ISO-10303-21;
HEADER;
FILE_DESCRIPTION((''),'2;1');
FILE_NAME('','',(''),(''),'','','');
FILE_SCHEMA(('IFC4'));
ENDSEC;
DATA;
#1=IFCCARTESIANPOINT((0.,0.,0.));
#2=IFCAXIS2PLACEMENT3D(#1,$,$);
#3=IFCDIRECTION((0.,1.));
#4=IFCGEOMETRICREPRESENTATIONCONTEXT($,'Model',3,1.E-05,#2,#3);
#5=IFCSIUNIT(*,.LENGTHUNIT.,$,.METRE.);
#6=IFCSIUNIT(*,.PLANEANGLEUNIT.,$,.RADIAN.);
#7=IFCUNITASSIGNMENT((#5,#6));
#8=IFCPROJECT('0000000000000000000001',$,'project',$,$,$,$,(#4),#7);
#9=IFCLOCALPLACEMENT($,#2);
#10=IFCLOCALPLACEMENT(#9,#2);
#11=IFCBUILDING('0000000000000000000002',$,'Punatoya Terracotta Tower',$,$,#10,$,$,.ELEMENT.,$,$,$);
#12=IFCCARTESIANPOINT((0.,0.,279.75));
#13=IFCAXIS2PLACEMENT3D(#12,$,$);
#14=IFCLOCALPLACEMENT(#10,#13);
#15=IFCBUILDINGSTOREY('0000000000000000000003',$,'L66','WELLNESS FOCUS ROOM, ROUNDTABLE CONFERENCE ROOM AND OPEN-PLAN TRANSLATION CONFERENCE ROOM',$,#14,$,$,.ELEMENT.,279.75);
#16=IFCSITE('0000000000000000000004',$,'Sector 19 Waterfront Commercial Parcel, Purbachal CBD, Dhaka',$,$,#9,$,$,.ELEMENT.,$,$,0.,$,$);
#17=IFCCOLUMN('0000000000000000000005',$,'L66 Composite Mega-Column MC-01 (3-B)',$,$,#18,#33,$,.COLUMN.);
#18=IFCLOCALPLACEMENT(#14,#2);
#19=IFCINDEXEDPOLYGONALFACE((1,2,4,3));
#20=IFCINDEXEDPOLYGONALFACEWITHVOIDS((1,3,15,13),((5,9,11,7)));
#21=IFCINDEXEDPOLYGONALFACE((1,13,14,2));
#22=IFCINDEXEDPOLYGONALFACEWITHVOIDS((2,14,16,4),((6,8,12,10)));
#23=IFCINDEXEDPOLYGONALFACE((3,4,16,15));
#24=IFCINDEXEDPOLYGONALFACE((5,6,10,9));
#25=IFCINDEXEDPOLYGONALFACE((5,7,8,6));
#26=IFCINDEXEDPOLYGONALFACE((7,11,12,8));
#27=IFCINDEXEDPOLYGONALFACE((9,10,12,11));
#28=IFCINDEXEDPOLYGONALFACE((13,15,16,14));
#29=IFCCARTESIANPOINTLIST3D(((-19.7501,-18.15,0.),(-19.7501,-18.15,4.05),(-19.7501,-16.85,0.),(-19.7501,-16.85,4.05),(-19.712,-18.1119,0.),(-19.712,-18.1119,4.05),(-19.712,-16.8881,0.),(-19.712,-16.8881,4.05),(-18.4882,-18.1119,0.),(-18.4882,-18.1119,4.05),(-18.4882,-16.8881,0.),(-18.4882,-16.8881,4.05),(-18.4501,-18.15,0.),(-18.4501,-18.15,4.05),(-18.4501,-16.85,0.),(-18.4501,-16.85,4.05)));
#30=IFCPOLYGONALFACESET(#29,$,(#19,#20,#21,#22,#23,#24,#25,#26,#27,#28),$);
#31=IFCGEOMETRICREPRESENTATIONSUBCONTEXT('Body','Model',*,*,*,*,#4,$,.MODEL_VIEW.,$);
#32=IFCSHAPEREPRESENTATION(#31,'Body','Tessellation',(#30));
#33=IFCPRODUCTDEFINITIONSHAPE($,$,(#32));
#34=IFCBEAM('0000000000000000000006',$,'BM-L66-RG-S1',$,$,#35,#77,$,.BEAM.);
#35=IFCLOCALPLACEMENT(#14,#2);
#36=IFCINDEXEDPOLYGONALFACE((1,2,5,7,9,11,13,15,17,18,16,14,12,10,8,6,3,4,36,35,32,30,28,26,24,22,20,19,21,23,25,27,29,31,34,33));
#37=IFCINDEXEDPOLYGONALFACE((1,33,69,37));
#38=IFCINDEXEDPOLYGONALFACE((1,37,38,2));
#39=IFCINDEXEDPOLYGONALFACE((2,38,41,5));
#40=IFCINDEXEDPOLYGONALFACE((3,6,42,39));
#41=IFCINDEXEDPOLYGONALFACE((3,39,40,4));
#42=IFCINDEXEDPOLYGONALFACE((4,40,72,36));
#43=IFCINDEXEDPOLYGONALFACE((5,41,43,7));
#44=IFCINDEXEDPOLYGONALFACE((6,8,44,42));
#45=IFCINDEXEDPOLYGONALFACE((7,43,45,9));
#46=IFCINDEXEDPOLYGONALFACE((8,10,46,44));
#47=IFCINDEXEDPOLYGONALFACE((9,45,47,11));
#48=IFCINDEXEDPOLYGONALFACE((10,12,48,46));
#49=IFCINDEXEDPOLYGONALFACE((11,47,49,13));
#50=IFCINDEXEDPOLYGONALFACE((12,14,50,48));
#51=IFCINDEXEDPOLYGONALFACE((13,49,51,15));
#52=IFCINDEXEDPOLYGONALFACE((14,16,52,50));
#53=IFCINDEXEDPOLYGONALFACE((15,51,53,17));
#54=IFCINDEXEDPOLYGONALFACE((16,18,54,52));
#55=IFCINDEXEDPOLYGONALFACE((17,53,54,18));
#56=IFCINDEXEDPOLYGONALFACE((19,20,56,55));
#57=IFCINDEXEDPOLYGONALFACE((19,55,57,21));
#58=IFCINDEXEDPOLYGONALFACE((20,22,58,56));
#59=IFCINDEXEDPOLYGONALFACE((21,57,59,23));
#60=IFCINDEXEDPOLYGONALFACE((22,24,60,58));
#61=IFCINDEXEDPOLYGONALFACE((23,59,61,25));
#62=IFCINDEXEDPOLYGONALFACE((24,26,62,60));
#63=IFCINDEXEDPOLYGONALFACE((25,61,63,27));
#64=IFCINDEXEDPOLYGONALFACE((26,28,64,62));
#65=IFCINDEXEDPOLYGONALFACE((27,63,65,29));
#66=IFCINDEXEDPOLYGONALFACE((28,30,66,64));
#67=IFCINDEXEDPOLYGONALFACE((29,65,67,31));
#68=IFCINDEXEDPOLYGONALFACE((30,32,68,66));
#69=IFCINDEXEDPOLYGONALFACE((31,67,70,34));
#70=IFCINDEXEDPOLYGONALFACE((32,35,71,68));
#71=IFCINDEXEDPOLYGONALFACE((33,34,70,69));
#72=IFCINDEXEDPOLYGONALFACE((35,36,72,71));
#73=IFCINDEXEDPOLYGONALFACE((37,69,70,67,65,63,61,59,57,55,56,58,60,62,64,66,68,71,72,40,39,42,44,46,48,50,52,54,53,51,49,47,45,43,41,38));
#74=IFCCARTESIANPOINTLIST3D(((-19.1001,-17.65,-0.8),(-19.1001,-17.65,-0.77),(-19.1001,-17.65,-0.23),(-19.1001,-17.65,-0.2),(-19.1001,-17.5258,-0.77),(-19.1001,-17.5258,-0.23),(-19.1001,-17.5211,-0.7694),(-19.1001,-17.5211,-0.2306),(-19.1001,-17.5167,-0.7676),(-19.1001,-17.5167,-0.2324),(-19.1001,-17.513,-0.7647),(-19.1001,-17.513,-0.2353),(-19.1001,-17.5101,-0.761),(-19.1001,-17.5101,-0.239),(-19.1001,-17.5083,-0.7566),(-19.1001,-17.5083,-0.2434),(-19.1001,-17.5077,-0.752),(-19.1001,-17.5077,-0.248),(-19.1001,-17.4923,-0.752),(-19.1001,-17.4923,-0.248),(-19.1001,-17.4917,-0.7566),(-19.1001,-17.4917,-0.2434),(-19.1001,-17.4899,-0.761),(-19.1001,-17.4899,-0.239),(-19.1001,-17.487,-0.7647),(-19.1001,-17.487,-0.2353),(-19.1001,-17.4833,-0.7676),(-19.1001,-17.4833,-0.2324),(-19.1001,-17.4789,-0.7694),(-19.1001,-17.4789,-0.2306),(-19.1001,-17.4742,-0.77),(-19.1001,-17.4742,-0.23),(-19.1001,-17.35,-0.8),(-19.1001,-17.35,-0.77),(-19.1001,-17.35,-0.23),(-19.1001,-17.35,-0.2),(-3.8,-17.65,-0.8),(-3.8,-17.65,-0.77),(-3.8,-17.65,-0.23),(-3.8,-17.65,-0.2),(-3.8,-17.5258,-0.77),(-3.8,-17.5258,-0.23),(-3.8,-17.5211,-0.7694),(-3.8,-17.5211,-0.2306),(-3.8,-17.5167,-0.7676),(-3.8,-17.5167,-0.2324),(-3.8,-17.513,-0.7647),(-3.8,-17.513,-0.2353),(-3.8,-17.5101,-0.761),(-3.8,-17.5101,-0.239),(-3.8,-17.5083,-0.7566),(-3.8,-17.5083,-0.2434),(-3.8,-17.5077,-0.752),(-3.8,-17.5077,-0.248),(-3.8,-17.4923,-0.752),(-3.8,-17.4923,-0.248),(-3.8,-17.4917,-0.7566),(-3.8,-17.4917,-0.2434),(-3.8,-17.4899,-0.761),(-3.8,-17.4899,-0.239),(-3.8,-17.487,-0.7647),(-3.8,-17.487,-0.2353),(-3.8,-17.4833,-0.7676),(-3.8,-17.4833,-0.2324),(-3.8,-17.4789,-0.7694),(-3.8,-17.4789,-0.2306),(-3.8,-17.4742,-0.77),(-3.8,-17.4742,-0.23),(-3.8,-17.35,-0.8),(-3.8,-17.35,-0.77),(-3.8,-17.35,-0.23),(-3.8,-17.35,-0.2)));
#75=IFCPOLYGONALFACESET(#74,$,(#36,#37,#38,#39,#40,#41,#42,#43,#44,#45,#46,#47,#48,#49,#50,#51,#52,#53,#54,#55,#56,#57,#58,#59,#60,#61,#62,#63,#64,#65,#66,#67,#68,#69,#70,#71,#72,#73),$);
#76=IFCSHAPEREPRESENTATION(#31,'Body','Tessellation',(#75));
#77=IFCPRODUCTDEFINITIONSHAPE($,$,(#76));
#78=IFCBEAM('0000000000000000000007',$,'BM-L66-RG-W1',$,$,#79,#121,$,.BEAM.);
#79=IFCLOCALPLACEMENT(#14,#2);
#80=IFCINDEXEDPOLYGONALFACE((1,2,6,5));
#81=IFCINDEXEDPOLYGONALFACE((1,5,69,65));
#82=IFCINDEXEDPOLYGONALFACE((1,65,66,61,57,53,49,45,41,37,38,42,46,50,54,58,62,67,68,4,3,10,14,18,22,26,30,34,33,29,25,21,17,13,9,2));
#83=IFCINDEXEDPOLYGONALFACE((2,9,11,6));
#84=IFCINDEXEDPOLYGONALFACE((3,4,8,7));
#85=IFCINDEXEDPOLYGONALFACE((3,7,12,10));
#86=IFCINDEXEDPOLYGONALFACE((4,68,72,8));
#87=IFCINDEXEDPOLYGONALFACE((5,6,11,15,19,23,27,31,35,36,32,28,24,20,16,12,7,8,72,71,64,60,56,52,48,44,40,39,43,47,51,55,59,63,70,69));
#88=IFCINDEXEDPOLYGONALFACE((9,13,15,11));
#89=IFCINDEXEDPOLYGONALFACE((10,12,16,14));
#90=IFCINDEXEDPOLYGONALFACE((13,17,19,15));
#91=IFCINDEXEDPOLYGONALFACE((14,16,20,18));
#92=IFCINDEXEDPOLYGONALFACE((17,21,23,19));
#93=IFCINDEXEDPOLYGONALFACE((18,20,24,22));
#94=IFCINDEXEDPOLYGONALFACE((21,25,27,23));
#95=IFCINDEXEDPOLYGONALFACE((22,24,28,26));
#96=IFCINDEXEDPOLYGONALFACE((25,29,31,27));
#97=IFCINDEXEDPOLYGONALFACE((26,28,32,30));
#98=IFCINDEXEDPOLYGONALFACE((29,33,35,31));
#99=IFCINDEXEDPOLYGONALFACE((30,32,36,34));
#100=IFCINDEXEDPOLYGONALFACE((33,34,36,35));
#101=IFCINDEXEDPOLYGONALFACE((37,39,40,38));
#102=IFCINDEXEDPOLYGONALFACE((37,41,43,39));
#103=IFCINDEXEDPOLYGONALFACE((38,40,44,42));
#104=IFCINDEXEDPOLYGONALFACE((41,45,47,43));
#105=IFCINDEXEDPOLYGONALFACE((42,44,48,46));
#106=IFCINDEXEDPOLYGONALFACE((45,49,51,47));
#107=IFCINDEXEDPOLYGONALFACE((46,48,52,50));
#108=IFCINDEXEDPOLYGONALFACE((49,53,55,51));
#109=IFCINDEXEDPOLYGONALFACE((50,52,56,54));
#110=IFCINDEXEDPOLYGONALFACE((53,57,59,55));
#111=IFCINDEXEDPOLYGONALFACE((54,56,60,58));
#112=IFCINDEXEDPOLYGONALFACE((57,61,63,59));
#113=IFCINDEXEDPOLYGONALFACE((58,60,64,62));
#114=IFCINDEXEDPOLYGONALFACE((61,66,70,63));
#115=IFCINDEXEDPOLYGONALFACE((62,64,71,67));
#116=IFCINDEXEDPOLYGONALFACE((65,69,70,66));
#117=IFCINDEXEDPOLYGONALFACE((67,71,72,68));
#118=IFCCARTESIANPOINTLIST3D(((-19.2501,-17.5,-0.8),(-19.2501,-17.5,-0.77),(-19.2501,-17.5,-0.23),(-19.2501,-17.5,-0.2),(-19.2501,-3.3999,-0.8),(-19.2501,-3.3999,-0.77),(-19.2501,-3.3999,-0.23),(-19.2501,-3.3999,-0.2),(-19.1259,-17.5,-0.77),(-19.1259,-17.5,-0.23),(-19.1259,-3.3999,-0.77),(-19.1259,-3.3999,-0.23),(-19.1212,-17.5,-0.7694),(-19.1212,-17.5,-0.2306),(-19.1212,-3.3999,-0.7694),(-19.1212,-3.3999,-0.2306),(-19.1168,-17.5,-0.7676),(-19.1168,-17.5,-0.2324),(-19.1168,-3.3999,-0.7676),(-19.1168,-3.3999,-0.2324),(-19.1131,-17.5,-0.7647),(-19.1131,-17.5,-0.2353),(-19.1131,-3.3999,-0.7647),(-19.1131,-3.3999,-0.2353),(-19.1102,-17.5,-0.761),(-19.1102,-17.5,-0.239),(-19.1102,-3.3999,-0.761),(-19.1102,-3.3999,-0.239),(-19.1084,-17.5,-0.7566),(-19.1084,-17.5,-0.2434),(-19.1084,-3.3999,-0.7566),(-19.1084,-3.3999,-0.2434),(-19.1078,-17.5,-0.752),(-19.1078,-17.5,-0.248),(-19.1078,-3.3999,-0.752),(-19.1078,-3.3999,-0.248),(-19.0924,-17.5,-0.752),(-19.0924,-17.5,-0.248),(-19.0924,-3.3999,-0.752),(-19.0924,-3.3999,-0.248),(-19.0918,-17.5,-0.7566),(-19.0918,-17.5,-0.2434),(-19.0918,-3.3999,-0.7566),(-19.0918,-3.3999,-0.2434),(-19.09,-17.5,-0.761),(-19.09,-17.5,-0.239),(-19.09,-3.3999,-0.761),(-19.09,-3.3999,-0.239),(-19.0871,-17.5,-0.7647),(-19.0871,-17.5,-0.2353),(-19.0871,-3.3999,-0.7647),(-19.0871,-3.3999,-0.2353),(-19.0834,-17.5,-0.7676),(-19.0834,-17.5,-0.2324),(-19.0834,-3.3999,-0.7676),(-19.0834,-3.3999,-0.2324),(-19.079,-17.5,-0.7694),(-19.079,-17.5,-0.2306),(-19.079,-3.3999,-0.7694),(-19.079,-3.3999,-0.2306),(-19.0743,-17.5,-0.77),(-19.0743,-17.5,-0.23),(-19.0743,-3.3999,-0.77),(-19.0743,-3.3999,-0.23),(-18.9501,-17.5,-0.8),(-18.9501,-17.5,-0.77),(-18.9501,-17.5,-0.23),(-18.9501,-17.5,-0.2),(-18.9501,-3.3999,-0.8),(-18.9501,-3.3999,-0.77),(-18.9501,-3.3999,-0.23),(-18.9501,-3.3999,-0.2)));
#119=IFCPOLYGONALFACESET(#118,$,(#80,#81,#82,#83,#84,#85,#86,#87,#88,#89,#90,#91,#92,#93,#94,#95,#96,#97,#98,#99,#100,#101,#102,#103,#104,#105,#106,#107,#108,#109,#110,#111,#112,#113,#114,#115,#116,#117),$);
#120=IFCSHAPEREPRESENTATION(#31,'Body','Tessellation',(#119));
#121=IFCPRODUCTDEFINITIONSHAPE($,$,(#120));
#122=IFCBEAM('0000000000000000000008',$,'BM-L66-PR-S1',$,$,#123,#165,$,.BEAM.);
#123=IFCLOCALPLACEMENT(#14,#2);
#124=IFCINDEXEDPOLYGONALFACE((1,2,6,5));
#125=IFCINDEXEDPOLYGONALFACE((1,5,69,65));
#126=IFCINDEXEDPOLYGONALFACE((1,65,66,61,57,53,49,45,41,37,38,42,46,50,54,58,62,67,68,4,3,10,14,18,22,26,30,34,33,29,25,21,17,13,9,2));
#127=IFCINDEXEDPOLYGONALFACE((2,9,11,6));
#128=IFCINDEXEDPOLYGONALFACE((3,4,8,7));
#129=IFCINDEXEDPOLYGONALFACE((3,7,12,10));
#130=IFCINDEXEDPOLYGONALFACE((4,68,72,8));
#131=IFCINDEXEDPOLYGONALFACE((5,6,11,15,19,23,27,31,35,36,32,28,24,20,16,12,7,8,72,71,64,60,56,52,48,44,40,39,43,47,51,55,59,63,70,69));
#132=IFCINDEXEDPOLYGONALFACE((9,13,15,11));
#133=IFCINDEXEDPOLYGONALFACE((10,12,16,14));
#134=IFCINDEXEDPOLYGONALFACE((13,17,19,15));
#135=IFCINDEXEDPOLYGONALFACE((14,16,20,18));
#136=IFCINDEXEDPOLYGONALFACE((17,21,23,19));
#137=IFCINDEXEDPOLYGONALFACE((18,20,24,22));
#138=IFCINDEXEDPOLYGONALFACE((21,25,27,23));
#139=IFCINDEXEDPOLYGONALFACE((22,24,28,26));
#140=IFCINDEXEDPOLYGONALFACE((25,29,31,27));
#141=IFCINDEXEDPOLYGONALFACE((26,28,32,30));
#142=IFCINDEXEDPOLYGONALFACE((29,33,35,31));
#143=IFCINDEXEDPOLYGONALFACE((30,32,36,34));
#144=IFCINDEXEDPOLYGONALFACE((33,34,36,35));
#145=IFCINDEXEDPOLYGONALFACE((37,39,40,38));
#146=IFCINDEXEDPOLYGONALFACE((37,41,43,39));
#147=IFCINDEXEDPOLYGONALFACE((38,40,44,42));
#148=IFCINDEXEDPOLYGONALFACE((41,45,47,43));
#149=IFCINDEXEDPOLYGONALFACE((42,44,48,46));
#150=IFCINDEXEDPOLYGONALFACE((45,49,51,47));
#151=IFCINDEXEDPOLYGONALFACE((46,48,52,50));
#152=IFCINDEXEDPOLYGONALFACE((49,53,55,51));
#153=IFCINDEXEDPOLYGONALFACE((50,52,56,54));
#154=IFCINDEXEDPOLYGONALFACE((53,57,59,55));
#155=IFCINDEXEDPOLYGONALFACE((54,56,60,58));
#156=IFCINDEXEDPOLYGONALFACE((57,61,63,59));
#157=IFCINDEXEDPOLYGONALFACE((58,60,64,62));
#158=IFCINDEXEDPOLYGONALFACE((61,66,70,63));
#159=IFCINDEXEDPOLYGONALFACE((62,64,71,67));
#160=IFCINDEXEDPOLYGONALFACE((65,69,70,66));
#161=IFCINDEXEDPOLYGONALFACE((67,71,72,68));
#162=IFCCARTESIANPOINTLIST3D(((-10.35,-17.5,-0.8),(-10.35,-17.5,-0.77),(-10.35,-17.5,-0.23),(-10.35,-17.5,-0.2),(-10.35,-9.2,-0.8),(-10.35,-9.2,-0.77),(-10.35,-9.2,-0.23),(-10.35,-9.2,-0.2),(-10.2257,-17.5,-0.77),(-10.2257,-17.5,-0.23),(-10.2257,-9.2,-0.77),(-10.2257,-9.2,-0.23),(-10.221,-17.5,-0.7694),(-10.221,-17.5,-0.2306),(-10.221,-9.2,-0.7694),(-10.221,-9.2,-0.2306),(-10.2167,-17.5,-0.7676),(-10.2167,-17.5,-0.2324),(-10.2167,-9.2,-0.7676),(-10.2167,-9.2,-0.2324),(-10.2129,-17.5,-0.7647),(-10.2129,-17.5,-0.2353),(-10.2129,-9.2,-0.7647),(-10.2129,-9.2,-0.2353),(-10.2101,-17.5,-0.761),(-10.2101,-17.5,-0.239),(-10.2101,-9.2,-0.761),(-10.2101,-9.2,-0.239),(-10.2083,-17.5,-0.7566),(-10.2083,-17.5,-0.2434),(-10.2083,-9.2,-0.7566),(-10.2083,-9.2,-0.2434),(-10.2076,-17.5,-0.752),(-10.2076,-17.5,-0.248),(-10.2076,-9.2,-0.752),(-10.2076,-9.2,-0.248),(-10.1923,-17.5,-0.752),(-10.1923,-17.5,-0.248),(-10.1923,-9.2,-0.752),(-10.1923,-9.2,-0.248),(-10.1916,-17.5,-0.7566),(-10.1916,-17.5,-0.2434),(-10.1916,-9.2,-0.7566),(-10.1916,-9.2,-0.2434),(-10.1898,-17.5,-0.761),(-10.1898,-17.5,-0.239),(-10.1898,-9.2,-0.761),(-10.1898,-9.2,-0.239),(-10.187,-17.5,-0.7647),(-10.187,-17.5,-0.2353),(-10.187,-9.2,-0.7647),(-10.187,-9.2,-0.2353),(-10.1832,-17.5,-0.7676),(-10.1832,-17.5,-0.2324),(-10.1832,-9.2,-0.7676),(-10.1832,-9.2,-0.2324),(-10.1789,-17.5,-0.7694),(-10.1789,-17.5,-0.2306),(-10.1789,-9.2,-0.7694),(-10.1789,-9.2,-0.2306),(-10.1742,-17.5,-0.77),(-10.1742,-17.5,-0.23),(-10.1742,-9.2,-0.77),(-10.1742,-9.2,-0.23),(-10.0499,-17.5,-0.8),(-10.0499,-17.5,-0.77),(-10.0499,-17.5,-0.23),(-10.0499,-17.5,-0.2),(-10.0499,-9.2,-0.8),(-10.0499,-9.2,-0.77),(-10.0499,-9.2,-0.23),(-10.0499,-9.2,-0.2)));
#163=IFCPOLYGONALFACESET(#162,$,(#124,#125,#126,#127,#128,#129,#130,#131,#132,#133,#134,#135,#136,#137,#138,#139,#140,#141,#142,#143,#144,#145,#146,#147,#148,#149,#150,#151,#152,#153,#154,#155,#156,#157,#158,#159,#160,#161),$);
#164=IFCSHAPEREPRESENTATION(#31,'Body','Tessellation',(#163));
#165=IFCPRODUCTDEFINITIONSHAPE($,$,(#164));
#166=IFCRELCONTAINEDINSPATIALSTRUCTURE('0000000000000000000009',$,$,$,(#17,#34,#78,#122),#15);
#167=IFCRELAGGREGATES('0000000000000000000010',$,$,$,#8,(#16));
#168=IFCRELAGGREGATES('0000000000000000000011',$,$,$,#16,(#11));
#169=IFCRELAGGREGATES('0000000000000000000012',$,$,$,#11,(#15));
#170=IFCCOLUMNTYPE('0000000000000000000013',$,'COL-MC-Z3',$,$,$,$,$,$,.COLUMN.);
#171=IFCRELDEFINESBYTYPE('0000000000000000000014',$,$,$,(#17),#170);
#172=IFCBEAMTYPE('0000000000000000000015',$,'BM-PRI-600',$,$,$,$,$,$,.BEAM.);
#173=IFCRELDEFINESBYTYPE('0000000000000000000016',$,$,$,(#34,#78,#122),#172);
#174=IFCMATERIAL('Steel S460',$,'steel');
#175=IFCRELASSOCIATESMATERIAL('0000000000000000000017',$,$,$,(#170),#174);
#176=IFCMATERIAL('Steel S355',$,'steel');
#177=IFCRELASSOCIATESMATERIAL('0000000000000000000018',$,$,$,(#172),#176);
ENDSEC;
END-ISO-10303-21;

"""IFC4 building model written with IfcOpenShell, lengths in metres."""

from ifc_helpers import new_model, si_unit, direction, frame, origin, origin_2d, place, context, subcontext, project, spatial, hollow_rectangle, i_section, extrude, material, material_profile, profile_set, type_object, element, save


model = new_model("IFC4")

# Units and contexts
model_context = context("Model", 3, precision=1e-05, world=origin(), true_north=direction((0.0, 1.0)))
body_context = subcontext(model_context, "Body", "Model", "MODEL_VIEW")
ifc_project = project(units=[si_unit("LENGTHUNIT", "METRE"), si_unit("PLANEANGLEUNIT", "RADIAN")], contexts=[model_context])

# Site, building, storey
site_placement = place(None, origin())
site = spatial("IfcSite", under=ifc_project, at=site_placement, Name="Sector 19 Waterfront Commercial Parcel, Purbachal CBD, Dhaka", CompositionType="ELEMENT", RefElevation=0.0)
building_placement = place(site_placement, origin())
building = spatial("IfcBuilding", under=site, at=building_placement, Name="Punatoya Terracotta Tower", CompositionType="ELEMENT")
storey_placement = place(building_placement, frame((0.0, 0.0, 279.75)))
storey = spatial("IfcBuildingStorey", under=building, at=storey_placement, Name="L66", Description="WELLNESS FOCUS ROOM, ROUNDTABLE CONFERENCE ROOM AND OPEN-PLAN TRANSLATION CONFERENCE ROOM", CompositionType="ELEMENT", Elevation=279.75)

# Column
ifc_material_1 = material(Name="Steel S460", Category="steel")
ifc_material_profile_1 = material_profile(ifc_material_1, hollow_rectangle(XDim=1.3, YDim=1.3, WallThickness=0.0381, at=origin_2d()))
ifc_profile_set_1 = profile_set([ifc_material_profile_1], Name="Steel S460")
column_type = type_object("IfcColumnType", Name="COL-MC-Z3", PredefinedType="COLUMN", material=ifc_profile_set_1)
column_placement = place(storey_placement, frame((-19.1001, -17.5, 0.0), z_axis=(0.0, 0.0, 1.0), x_axis=(1.0, 0.0, 0.0)))
element("IfcColumn", 1, at=column_placement, inside=storey, type_object=column_type, Name="L66 Composite Mega-Column MC-01 (3-B)", PredefinedType="COLUMN", context=body_context, shape_type="SweptSolid", body=[
    extrude(hollow_rectangle(XDim=1.3, YDim=1.3, WallThickness=0.0381, at=origin_2d()), origin(), (0.0, 0.0, 1.0), 4.05),
])

# Beams
ifc_material_2 = material(Name="Steel S355", Category="steel")
ifc_material_profile_2 = material_profile(ifc_material_2, i_section(OverallWidth=0.3, OverallDepth=0.6001, WebThickness=0.0154, FlangeThickness=0.03, FilletRadius=0.0181, at=origin_2d()))
ifc_profile_set_2 = profile_set([ifc_material_profile_2], Name="Steel S355")
beam_type_1 = type_object("IfcBeamType", Name="BM-PRI-600", PredefinedType="BEAM", material=ifc_profile_set_2)
beam_1_placement = place(storey_placement, frame((-19.1001, -17.5, -0.5), z_axis=(1.0, 0.0, 0.0), x_axis=(0.0, 1.0, 0.0)))
element("IfcBeam", 2, at=beam_1_placement, inside=storey, type_object=beam_type_1, Name="BM-L66-RG-S1", PredefinedType="BEAM", context=body_context, shape_type="SweptSolid", body=[
    extrude(i_section(OverallWidth=0.3, OverallDepth=0.6001, WebThickness=0.0154, FlangeThickness=0.03, FilletRadius=0.0181, at=origin_2d()), origin(), (0.0, 0.0, 1.0), 15.3),
])
beam_2_placement = place(storey_placement, frame((-19.1001, -17.5, -0.5), z_axis=(0.0, 1.0, 0.0), x_axis=(-1.0, 0.0, 0.0)))
element("IfcBeam", 3, at=beam_2_placement, inside=storey, type_object=beam_type_1, Name="BM-L66-RG-W1", PredefinedType="BEAM", context=body_context, shape_type="SweptSolid", body=[
    extrude(i_section(OverallWidth=0.3, OverallDepth=0.6001, WebThickness=0.0154, FlangeThickness=0.03, FilletRadius=0.0181, at=origin_2d()), origin(), (0.0, 0.0, 1.0), 14.1001),
])
beam_3_placement = place(storey_placement, frame((-10.2, -17.5, -0.5), z_axis=(0.0, 1.0, 0.0), x_axis=(-1.0, 0.0, 0.0)))
element("IfcBeam", 4, at=beam_3_placement, inside=storey, type_object=beam_type_1, Name="BM-L66-PR-S1", PredefinedType="BEAM", context=body_context, shape_type="SweptSolid", body=[
    extrude(i_section(OverallWidth=0.3, OverallDepth=0.6001, WebThickness=0.0154, FlangeThickness=0.03, FilletRadius=0.0181, at=origin_2d()), origin(), (0.0, 0.0, 1.0), 8.3),
])

save(model, "model.ifc")
